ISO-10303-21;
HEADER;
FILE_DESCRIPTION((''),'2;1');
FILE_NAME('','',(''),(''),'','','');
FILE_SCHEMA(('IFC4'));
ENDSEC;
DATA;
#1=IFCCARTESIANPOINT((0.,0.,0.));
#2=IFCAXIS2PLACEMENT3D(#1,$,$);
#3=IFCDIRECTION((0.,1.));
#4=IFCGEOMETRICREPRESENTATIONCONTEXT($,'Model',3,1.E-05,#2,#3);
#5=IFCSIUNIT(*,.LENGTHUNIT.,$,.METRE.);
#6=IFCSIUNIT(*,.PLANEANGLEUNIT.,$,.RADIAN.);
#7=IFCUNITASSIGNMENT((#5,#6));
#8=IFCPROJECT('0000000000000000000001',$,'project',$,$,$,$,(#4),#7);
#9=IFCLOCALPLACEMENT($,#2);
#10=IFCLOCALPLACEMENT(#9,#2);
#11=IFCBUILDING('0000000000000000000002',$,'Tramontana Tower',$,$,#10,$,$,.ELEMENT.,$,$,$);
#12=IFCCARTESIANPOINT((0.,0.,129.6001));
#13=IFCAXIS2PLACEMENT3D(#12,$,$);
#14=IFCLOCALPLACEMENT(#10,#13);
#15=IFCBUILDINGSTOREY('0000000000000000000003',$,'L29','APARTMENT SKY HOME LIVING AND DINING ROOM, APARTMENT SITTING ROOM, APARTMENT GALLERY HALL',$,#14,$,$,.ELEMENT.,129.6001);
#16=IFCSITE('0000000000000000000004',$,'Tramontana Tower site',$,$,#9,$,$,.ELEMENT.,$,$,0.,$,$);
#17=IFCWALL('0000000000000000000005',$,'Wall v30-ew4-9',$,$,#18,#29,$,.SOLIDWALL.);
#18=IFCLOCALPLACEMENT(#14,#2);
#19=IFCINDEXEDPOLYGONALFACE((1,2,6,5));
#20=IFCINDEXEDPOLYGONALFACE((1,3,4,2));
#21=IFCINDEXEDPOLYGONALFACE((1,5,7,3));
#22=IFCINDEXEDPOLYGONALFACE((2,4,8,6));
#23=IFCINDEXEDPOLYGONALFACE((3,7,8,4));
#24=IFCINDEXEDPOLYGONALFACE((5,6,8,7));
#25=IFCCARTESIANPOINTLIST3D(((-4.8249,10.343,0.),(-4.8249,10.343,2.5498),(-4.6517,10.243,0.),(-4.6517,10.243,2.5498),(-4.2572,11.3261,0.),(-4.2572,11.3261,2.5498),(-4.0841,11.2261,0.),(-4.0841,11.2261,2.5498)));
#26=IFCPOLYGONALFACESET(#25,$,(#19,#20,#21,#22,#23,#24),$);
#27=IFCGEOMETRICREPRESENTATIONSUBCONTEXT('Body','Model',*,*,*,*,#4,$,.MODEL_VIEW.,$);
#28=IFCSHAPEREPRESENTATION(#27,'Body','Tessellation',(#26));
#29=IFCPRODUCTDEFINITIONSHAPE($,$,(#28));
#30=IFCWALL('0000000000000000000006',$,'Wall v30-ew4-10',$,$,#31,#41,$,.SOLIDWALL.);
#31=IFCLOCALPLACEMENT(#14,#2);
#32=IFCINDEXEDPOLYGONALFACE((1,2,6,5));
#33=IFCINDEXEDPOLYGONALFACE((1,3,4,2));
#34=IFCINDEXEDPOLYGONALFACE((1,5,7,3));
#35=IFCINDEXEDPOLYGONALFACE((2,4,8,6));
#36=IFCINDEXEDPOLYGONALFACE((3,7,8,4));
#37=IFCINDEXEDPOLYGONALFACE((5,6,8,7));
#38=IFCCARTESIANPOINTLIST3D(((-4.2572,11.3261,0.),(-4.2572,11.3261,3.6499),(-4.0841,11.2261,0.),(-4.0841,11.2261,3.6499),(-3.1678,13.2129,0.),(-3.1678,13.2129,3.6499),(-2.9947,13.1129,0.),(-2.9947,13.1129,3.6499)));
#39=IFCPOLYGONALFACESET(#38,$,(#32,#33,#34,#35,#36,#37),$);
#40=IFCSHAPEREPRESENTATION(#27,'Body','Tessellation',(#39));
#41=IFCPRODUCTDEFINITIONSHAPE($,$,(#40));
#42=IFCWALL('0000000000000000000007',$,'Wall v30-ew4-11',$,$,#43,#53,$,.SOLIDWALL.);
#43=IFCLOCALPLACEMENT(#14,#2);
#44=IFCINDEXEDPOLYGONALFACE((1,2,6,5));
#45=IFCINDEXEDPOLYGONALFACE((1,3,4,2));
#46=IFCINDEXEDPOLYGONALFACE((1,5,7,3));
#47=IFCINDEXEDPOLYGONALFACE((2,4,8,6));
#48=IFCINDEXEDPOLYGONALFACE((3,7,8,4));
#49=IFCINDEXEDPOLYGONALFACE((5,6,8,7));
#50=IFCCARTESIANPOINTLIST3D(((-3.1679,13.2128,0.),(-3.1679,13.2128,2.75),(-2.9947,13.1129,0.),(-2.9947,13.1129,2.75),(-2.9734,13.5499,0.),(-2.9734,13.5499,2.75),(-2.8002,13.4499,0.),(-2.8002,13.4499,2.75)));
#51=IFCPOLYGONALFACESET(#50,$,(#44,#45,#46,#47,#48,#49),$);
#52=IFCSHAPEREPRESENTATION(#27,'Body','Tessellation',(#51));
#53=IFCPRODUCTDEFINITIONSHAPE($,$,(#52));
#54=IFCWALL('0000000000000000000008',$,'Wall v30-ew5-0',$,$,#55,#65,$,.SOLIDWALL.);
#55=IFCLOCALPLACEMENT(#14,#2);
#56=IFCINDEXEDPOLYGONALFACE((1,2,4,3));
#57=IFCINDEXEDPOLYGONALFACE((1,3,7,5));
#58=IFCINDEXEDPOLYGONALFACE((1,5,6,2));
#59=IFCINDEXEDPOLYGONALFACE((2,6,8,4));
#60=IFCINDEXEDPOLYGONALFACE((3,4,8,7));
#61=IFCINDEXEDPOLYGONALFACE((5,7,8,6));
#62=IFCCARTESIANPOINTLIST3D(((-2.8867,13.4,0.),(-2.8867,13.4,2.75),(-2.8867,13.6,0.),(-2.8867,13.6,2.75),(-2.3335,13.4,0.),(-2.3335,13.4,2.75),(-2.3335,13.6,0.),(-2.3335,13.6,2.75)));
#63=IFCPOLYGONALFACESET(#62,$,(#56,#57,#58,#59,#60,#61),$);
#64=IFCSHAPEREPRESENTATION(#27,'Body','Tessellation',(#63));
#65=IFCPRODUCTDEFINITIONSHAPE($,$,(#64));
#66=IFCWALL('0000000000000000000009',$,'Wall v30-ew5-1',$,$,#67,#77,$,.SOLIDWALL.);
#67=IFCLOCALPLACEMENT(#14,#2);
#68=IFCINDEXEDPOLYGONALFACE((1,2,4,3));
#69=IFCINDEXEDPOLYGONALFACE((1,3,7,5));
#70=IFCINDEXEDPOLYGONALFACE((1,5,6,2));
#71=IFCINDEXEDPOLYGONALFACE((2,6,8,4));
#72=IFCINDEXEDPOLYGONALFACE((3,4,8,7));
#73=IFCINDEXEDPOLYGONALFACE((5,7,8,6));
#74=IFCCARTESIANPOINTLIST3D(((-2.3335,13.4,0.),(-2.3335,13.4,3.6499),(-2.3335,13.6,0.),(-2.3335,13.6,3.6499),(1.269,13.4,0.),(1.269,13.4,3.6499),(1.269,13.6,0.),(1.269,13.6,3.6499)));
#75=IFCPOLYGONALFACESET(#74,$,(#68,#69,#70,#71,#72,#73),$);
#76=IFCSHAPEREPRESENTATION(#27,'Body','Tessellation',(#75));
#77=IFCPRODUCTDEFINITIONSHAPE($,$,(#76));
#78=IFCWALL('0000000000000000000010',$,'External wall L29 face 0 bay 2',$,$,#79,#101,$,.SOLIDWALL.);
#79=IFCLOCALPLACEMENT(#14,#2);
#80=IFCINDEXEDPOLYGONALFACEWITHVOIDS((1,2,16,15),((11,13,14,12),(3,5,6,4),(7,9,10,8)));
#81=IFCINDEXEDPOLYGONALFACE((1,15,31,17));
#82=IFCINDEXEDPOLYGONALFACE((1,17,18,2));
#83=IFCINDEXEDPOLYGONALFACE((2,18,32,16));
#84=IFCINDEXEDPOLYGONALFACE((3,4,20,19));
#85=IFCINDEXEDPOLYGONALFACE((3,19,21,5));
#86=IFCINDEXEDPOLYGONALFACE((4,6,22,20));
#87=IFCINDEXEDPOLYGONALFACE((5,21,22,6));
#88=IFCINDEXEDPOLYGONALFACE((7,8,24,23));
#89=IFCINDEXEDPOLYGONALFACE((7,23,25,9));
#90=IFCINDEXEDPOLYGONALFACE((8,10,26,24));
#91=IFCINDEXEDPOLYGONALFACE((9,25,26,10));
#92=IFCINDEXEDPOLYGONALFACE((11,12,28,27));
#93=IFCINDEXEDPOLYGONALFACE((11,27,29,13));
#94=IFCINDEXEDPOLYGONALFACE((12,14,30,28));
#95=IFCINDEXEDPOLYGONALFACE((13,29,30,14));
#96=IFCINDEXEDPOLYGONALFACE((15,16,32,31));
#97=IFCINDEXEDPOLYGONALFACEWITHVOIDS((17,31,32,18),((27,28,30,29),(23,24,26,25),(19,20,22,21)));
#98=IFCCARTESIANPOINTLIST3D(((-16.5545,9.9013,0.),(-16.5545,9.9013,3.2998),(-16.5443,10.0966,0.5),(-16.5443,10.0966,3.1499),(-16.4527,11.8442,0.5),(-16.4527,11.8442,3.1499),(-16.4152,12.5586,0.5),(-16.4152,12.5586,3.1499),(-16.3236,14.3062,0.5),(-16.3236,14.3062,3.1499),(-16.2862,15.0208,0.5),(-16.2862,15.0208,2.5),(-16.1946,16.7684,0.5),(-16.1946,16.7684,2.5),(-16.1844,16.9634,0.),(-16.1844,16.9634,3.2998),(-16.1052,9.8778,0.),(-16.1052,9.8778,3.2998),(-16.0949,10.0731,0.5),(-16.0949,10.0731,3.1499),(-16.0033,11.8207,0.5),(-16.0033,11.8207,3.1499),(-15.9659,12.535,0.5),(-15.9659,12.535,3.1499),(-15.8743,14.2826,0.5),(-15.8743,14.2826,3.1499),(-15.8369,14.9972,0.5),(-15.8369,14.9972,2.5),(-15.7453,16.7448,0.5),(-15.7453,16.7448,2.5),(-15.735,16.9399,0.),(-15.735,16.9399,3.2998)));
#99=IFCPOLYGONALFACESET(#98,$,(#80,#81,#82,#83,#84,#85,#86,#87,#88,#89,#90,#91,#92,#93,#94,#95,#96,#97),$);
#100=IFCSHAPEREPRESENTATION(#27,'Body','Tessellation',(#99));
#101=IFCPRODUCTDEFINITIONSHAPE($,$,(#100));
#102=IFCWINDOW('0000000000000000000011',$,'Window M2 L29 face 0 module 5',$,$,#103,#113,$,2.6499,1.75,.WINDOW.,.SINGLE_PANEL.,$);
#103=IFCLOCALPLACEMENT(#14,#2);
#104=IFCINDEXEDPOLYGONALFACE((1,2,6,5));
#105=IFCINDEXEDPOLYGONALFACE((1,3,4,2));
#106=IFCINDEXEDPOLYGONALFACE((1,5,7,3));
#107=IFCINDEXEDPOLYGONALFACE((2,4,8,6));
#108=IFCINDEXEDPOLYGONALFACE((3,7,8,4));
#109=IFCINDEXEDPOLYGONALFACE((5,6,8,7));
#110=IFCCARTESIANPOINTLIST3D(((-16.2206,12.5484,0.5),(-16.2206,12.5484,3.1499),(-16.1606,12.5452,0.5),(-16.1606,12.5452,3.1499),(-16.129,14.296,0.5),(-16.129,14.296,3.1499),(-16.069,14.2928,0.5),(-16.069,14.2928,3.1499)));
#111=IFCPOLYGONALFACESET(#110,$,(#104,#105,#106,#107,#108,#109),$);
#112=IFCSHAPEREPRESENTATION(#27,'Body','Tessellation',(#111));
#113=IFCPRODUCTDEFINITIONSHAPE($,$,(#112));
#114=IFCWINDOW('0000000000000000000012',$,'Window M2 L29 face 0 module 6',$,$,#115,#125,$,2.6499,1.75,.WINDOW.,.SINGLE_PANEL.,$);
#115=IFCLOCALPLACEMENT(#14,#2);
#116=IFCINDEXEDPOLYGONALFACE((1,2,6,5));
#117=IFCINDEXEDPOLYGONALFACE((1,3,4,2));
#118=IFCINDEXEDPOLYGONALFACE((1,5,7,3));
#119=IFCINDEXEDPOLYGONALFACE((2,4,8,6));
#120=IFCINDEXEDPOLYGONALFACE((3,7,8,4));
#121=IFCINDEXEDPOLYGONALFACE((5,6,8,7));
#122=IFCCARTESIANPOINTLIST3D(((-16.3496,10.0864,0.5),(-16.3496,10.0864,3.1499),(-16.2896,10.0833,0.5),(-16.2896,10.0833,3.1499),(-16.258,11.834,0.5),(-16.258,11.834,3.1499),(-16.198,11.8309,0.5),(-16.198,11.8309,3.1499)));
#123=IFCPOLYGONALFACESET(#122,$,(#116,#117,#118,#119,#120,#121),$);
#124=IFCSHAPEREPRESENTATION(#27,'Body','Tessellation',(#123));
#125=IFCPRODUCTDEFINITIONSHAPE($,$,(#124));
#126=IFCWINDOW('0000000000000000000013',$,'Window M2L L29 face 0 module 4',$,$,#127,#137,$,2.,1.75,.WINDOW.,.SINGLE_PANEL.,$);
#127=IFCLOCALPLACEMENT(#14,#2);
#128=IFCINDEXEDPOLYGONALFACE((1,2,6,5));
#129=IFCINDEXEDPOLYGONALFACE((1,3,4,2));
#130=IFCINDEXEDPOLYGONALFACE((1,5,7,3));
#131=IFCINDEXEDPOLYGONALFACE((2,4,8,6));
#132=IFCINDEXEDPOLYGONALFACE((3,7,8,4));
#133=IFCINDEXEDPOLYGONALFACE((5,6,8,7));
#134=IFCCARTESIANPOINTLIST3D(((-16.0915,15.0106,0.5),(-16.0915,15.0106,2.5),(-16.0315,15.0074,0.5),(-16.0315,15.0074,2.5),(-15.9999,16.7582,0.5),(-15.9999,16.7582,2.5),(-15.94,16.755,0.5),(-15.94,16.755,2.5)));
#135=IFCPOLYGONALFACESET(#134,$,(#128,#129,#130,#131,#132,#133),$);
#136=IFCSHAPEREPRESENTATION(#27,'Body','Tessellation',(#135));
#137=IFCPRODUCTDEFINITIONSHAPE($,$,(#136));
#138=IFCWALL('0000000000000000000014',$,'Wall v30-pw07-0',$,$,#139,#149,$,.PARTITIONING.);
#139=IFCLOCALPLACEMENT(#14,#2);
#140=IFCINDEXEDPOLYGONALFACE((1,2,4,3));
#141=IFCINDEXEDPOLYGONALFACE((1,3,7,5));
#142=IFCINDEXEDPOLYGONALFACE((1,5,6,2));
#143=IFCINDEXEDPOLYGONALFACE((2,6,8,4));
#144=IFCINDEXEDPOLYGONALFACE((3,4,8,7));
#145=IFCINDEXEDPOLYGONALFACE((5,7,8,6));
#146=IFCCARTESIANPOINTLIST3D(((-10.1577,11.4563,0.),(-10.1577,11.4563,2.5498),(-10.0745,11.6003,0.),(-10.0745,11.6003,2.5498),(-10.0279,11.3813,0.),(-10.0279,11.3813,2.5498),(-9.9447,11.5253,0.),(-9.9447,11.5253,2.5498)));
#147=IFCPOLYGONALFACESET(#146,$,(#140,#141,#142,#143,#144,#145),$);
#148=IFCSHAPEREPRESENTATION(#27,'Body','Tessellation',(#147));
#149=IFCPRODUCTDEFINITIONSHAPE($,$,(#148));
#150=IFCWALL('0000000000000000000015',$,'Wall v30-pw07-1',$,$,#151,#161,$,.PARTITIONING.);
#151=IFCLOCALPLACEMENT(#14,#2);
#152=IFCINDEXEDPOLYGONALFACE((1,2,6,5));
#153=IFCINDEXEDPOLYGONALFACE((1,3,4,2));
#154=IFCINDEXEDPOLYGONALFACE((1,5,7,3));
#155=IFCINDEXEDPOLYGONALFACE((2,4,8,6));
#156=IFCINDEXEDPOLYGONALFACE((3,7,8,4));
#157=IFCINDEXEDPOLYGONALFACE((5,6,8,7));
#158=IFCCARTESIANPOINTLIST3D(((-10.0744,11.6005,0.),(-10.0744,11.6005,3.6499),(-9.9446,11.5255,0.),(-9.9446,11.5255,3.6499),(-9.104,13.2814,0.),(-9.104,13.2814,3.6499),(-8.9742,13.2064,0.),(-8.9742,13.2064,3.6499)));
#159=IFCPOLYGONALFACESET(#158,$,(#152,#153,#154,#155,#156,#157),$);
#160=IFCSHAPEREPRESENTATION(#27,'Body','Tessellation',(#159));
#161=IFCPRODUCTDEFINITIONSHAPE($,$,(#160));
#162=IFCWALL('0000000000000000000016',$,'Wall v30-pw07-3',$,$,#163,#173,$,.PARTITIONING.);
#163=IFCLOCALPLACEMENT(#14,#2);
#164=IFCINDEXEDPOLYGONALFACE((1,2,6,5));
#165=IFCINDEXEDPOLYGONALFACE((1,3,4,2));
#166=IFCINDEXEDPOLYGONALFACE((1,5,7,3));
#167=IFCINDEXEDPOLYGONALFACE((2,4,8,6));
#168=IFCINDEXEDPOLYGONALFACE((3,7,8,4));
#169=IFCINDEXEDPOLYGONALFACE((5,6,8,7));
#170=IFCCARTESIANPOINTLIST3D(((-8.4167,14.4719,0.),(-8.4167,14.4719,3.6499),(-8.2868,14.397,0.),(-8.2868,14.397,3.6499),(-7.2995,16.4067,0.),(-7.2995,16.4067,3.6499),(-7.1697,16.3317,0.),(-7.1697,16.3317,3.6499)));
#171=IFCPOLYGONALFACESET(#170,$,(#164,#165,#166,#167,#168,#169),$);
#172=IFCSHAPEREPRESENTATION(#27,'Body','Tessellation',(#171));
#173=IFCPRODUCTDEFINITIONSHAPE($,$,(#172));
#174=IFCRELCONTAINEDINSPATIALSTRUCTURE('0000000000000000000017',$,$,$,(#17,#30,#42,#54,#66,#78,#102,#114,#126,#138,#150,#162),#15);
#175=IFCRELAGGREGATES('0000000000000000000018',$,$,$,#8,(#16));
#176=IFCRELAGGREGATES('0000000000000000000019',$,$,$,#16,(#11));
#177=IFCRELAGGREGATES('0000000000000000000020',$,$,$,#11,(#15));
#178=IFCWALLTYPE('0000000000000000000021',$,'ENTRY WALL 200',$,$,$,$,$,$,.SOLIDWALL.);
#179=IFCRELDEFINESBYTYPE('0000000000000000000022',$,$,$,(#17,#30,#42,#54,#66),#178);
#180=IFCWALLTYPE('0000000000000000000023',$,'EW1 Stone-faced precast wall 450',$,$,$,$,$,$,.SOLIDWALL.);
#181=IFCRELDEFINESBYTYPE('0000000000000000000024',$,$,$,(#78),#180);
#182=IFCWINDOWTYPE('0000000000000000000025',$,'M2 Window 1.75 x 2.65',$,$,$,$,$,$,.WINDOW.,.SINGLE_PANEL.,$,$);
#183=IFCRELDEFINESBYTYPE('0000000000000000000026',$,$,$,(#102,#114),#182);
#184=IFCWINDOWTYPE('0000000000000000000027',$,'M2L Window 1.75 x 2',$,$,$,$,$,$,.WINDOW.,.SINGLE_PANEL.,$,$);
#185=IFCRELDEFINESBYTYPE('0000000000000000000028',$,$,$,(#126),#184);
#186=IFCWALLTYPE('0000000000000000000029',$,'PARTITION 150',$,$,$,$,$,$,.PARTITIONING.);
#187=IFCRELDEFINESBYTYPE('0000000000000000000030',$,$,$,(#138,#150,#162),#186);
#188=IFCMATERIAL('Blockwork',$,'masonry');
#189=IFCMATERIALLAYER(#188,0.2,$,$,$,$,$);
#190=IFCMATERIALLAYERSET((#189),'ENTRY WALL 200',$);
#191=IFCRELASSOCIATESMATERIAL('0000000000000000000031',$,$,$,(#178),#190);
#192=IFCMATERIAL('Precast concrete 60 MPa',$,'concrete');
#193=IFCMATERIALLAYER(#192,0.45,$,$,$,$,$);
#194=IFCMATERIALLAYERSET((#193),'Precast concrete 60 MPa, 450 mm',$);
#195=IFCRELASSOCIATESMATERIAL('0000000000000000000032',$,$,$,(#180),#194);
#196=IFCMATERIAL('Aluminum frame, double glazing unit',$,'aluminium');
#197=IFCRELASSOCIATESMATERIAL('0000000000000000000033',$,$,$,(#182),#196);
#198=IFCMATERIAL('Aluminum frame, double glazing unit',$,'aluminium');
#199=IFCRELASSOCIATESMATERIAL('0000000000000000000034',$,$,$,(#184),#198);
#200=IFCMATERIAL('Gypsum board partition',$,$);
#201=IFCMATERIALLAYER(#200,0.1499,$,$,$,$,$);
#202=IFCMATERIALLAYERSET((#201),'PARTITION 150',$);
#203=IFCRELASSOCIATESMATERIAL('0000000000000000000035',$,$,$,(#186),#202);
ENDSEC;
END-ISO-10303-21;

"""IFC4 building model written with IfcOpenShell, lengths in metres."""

from ifc_helpers import new_model, si_unit, direction, frame, frame_2d, origin, place, context, subcontext, project, spatial, rectangle, extrude, material, layer, layer_set, type_object, element, fill, save


model = new_model("IFC4")

# Units and contexts
model_context = context("Model", 3, precision=1e-05, world=origin(), true_north=direction((0.0, 1.0)))
body_context = subcontext(model_context, "Body", "Model", "MODEL_VIEW")
ifc_project = project(units=[si_unit("LENGTHUNIT", "METRE"), si_unit("PLANEANGLEUNIT", "RADIAN")], contexts=[model_context])

# Site, building, storey
site_placement = place(None, origin())
site = spatial("IfcSite", under=ifc_project, at=site_placement, Name="Tramontana Tower site", CompositionType="ELEMENT", RefElevation=0.0)
building_placement = place(site_placement, origin())
building = spatial("IfcBuilding", under=site, at=building_placement, Name="Tramontana Tower", CompositionType="ELEMENT")
storey_placement = place(building_placement, frame((0.0, 0.0, 129.6001)))
storey = spatial("IfcBuildingStorey", under=building, at=storey_placement, Name="L29", Description="APARTMENT SKY HOME LIVING AND DINING ROOM, APARTMENT SITTING ROOM, APARTMENT GALLERY HALL", CompositionType="ELEMENT", Elevation=129.6001)

# Walls
ifc_material_1 = material(Name="Blockwork", Category="masonry")
ifc_layer_1 = layer(ifc_material_1, 0.2)
ifc_layer_set_1 = layer_set([ifc_layer_1], Name="ENTRY WALL 200")
wall_type_1 = type_object("IfcWallType", Name="ENTRY WALL 200", PredefinedType="SOLIDWALL", material=ifc_layer_set_1)
wall_1_placement = place(storey_placement, frame((-4.7383, 10.293, 0.0), z_axis=(0.0, 0.0, 1.0), x_axis=(0.500002, 0.866024, 0.0)))
element("IfcWall", 1, at=wall_1_placement, inside=storey, type_object=wall_type_1, Name="Wall v30-ew4-9", PredefinedType="SOLIDWALL", context=body_context, shape_type="SweptSolid", body=[
    extrude(rectangle(XDim=1.1353, YDim=0.2, at=frame_2d((0.5676, 0.0))), origin(), (0.0, 0.0, 1.0), 2.5498),
])
wall_2_placement = place(storey_placement, frame((-4.1707, 11.2761, 0.0), z_axis=(0.0, 0.0, 1.0), x_axis=(0.50002, 0.866014, 0.0)))
element("IfcWall", 2, at=wall_2_placement, inside=storey, type_object=wall_type_1, Name="Wall v30-ew4-10", PredefinedType="SOLIDWALL", context=body_context, shape_type="SweptSolid", body=[
    extrude(rectangle(XDim=2.1787, YDim=0.2, at=frame_2d((1.0894, 0.0))), origin(), (0.0, 0.0, 1.0), 3.6499),
])
wall_3_placement = place(storey_placement, frame((-3.0813, 13.1628, 0.0), z_axis=(0.0, 0.0, 1.0), x_axis=(0.499849, 0.866112, 0.0)))
element("IfcWall", 3, at=wall_3_placement, inside=storey, type_object=wall_type_1, Name="Wall v30-ew4-11", PredefinedType="SOLIDWALL", context=body_context, shape_type="SweptSolid", body=[
    extrude(rectangle(XDim=0.3892, YDim=0.2, at=frame_2d((0.1946, 0.0))), origin(), (0.0, 0.0, 1.0), 2.75),
])
wall_4_placement = place(storey_placement, frame((-2.8867, 13.5, 0.0), z_axis=(0.0, 0.0, 1.0), x_axis=(1.0, 0.0, 0.0)))
element("IfcWall", 4, at=wall_4_placement, inside=storey, type_object=wall_type_1, Name="Wall v30-ew5-0", PredefinedType="SOLIDWALL", context=body_context, shape_type="SweptSolid", body=[
    extrude(rectangle(XDim=0.5532, YDim=0.2, at=frame_2d((0.2766, 0.0))), origin(), (0.0, 0.0, 1.0), 2.75),
])
wall_5_placement = place(storey_placement, frame((-2.3335, 13.5, 0.0), z_axis=(0.0, 0.0, 1.0), x_axis=(1.0, 0.0, 0.0)))
element("IfcWall", 5, at=wall_5_placement, inside=storey, type_object=wall_type_1, Name="Wall v30-ew5-1", PredefinedType="SOLIDWALL", context=body_context, shape_type="SweptSolid", body=[
    extrude(rectangle(XDim=3.6025, YDim=0.2, at=frame_2d((1.8013, 0.0))), origin(), (0.0, 0.0, 1.0), 3.6499),
])

# Wall, openings, windows
ifc_material_2 = material(Name="Precast concrete 60 MPa", Category="concrete")
ifc_layer_2 = layer(ifc_material_2, 0.45)
ifc_layer_set_2 = layer_set([ifc_layer_2], Name="Precast concrete 60 MPa, 450 mm")
wall_type_2 = type_object("IfcWallType", Name="EW1 Stone-faced precast wall 450", PredefinedType="SOLIDWALL", material=ifc_layer_set_2)
wall_6_placement = place(storey_placement, frame((-15.9597, 16.9517, 0.0), z_axis=(0.0, 0.0, 1.0), x_axis=(-0.052338, -0.998629, 0.0)))
wall_6 = element("IfcWall", 6, at=wall_6_placement, inside=storey, type_object=wall_type_2, Name="External wall L29 face 0 bay 2", PredefinedType="SOLIDWALL", context=body_context, shape_type="SweptSolid", body=[
    extrude(rectangle(XDim=7.0718, YDim=0.45, at=frame_2d((3.5359, 0.0))), origin(), (0.0, 0.0, 1.0), 3.2998),
])
opening_1_placement = place(wall_6_placement, frame((0.1953, 0.0, 0.5)))
opening_1 = element("IfcOpeningElement", 7, at=opening_1_placement, cuts=wall_6, PredefinedType="OPENING", context=body_context, shape_type="SweptSolid", body=[
    extrude(rectangle(XDim=1.75, YDim=2.0, at=frame_2d((0.875, 1.0))), frame((0.0, 0.2349, 0.0), z_axis=(0.0, -1.0, 0.0), x_axis=(1.0, 0.0, 0.0)), (0.0, 0.0, 1.0), 0.47),
])
opening_2_placement = place(wall_6_placement, frame((2.6609, 0.0, 0.5)))
opening_2 = element("IfcOpeningElement", 8, at=opening_2_placement, cuts=wall_6, PredefinedType="OPENING", context=body_context, shape_type="SweptSolid", body=[
    extrude(rectangle(XDim=1.75, YDim=2.6499, at=frame_2d((0.875, 1.325))), frame((0.0, 0.2349, 0.0), z_axis=(0.0, -1.0, 0.0), x_axis=(1.0, 0.0, 0.0)), (0.0, 0.0, 1.0), 0.47),
])
opening_3_placement = place(wall_6_placement, frame((5.1262, 0.0, 0.5)))
opening_3 = element("IfcOpeningElement", 9, at=opening_3_placement, cuts=wall_6, PredefinedType="OPENING", context=body_context, shape_type="SweptSolid", body=[
    extrude(rectangle(XDim=1.75, YDim=2.6499, at=frame_2d((0.875, 1.325))), frame((0.0, 0.2349, 0.0), z_axis=(0.0, -1.0, 0.0), x_axis=(1.0, 0.0, 0.0)), (0.0, 0.0, 1.0), 0.47),
])
ifc_material_3 = material(Name="Aluminum frame, double glazing unit", Category="aluminium")
window_type_1 = type_object("IfcWindowType", Name="M2 Window 1.75 x 2.65", PartitioningType="SINGLE_PANEL", PredefinedType="WINDOW", material=ifc_material_3)
window_1_placement = place(opening_2_placement, origin())
window_1 = element("IfcWindow", 10, at=window_1_placement, inside=storey, type_object=window_type_1, Name="Window M2 L29 face 0 module 5", OverallHeight=2.6499, OverallWidth=1.75, PartitioningType="SINGLE_PANEL", PredefinedType="WINDOW", context=body_context, shape_type="SweptSolid", body=[
    extrude(rectangle(XDim=1.75, YDim=2.6499, at=frame_2d((0.875, 1.325))), frame((0.0, 0.03, 0.0), z_axis=(0.0, -1.0, 0.0), x_axis=(1.0, 0.0, 0.0)), (0.0, 0.0, 1.0), 0.0601),
])
fill(opening_2, window_1)
window_2_placement = place(opening_3_placement, origin())
window_2 = element("IfcWindow", 11, at=window_2_placement, inside=storey, type_object=window_type_1, Name="Window M2 L29 face 0 module 6", OverallHeight=2.6499, OverallWidth=1.75, PartitioningType="SINGLE_PANEL", PredefinedType="WINDOW", context=body_context, shape_type="SweptSolid", body=[
    extrude(rectangle(XDim=1.75, YDim=2.6499, at=frame_2d((0.875, 1.325))), frame((0.0, 0.03, 0.0), z_axis=(0.0, -1.0, 0.0), x_axis=(1.0, 0.0, 0.0)), (0.0, 0.0, 1.0), 0.0601),
])
fill(opening_3, window_2)
ifc_material_4 = material(Name="Aluminum frame, double glazing unit", Category="aluminium")
window_type_2 = type_object("IfcWindowType", Name="M2L Window 1.75 x 2", PartitioningType="SINGLE_PANEL", PredefinedType="WINDOW", material=ifc_material_4)
window_3_placement = place(opening_1_placement, origin())
window_3 = element("IfcWindow", 12, at=window_3_placement, inside=storey, type_object=window_type_2, Name="Window M2L L29 face 0 module 4", OverallHeight=2.0, OverallWidth=1.75, PartitioningType="SINGLE_PANEL", PredefinedType="WINDOW", context=body_context, shape_type="SweptSolid", body=[
    extrude(rectangle(XDim=1.75, YDim=2.0, at=frame_2d((0.875, 1.0))), frame((0.0, 0.03, 0.0), z_axis=(0.0, -1.0, 0.0), x_axis=(1.0, 0.0, 0.0)), (0.0, 0.0, 1.0), 0.0601),
])
fill(opening_1, window_3)

# Walls
ifc_material_5 = material(Name="Gypsum board partition")
ifc_layer_3 = layer(ifc_material_5, 0.1499)
ifc_layer_set_3 = layer_set([ifc_layer_3], Name="PARTITION 150")
wall_type_3 = type_object("IfcWallType", Name="PARTITION 150", PredefinedType="PARTITIONING", material=ifc_layer_set_3)
wall_7_placement = place(storey_placement, frame((-10.0928, 11.4189, 0.0), z_axis=(0.0, 0.0, 1.0), x_axis=(0.5004, 0.865794, 0.0)))
element("IfcWall", 13, at=wall_7_placement, inside=storey, type_object=wall_type_3, Name="Wall v30-pw07-0", PredefinedType="PARTITIONING", context=body_context, shape_type="SweptSolid", body=[
    extrude(rectangle(XDim=0.1663, YDim=0.1499, at=frame_2d((0.083, 0.0))), origin(), (0.0, 0.0, 1.0), 2.5498),
])
wall_8_placement = place(storey_placement, frame((-10.0095, 11.563, 0.0), z_axis=(0.0, 0.0, 1.0), x_axis=(0.499995, 0.866028, 0.0)))
element("IfcWall", 14, at=wall_8_placement, inside=storey, type_object=wall_type_3, Name="Wall v30-pw07-1", PredefinedType="PARTITIONING", context=body_context, shape_type="SweptSolid", body=[
    extrude(rectangle(XDim=1.9409, YDim=0.1499, at=frame_2d((0.9705, 0.0))), origin(), (0.0, 0.0, 1.0), 3.6499),
])

# Wall
wall_9_placement = place(storey_placement, frame((-8.3518, 14.4343, 0.0), z_axis=(0.0, 0.0, 1.0), x_axis=(0.500041, 0.866002, 0.0)))
element("IfcWall", 15, at=wall_9_placement, inside=storey, type_object=wall_type_3, Name="Wall v30-pw07-3", PredefinedType="PARTITIONING", context=body_context, shape_type="SweptSolid", body=[
    extrude(rectangle(XDim=2.2341, YDim=0.1499, at=frame_2d((1.1172, 0.0))), origin(), (0.0, 0.0, 1.0), 3.6499),
])

save(model, "model.ifc")
